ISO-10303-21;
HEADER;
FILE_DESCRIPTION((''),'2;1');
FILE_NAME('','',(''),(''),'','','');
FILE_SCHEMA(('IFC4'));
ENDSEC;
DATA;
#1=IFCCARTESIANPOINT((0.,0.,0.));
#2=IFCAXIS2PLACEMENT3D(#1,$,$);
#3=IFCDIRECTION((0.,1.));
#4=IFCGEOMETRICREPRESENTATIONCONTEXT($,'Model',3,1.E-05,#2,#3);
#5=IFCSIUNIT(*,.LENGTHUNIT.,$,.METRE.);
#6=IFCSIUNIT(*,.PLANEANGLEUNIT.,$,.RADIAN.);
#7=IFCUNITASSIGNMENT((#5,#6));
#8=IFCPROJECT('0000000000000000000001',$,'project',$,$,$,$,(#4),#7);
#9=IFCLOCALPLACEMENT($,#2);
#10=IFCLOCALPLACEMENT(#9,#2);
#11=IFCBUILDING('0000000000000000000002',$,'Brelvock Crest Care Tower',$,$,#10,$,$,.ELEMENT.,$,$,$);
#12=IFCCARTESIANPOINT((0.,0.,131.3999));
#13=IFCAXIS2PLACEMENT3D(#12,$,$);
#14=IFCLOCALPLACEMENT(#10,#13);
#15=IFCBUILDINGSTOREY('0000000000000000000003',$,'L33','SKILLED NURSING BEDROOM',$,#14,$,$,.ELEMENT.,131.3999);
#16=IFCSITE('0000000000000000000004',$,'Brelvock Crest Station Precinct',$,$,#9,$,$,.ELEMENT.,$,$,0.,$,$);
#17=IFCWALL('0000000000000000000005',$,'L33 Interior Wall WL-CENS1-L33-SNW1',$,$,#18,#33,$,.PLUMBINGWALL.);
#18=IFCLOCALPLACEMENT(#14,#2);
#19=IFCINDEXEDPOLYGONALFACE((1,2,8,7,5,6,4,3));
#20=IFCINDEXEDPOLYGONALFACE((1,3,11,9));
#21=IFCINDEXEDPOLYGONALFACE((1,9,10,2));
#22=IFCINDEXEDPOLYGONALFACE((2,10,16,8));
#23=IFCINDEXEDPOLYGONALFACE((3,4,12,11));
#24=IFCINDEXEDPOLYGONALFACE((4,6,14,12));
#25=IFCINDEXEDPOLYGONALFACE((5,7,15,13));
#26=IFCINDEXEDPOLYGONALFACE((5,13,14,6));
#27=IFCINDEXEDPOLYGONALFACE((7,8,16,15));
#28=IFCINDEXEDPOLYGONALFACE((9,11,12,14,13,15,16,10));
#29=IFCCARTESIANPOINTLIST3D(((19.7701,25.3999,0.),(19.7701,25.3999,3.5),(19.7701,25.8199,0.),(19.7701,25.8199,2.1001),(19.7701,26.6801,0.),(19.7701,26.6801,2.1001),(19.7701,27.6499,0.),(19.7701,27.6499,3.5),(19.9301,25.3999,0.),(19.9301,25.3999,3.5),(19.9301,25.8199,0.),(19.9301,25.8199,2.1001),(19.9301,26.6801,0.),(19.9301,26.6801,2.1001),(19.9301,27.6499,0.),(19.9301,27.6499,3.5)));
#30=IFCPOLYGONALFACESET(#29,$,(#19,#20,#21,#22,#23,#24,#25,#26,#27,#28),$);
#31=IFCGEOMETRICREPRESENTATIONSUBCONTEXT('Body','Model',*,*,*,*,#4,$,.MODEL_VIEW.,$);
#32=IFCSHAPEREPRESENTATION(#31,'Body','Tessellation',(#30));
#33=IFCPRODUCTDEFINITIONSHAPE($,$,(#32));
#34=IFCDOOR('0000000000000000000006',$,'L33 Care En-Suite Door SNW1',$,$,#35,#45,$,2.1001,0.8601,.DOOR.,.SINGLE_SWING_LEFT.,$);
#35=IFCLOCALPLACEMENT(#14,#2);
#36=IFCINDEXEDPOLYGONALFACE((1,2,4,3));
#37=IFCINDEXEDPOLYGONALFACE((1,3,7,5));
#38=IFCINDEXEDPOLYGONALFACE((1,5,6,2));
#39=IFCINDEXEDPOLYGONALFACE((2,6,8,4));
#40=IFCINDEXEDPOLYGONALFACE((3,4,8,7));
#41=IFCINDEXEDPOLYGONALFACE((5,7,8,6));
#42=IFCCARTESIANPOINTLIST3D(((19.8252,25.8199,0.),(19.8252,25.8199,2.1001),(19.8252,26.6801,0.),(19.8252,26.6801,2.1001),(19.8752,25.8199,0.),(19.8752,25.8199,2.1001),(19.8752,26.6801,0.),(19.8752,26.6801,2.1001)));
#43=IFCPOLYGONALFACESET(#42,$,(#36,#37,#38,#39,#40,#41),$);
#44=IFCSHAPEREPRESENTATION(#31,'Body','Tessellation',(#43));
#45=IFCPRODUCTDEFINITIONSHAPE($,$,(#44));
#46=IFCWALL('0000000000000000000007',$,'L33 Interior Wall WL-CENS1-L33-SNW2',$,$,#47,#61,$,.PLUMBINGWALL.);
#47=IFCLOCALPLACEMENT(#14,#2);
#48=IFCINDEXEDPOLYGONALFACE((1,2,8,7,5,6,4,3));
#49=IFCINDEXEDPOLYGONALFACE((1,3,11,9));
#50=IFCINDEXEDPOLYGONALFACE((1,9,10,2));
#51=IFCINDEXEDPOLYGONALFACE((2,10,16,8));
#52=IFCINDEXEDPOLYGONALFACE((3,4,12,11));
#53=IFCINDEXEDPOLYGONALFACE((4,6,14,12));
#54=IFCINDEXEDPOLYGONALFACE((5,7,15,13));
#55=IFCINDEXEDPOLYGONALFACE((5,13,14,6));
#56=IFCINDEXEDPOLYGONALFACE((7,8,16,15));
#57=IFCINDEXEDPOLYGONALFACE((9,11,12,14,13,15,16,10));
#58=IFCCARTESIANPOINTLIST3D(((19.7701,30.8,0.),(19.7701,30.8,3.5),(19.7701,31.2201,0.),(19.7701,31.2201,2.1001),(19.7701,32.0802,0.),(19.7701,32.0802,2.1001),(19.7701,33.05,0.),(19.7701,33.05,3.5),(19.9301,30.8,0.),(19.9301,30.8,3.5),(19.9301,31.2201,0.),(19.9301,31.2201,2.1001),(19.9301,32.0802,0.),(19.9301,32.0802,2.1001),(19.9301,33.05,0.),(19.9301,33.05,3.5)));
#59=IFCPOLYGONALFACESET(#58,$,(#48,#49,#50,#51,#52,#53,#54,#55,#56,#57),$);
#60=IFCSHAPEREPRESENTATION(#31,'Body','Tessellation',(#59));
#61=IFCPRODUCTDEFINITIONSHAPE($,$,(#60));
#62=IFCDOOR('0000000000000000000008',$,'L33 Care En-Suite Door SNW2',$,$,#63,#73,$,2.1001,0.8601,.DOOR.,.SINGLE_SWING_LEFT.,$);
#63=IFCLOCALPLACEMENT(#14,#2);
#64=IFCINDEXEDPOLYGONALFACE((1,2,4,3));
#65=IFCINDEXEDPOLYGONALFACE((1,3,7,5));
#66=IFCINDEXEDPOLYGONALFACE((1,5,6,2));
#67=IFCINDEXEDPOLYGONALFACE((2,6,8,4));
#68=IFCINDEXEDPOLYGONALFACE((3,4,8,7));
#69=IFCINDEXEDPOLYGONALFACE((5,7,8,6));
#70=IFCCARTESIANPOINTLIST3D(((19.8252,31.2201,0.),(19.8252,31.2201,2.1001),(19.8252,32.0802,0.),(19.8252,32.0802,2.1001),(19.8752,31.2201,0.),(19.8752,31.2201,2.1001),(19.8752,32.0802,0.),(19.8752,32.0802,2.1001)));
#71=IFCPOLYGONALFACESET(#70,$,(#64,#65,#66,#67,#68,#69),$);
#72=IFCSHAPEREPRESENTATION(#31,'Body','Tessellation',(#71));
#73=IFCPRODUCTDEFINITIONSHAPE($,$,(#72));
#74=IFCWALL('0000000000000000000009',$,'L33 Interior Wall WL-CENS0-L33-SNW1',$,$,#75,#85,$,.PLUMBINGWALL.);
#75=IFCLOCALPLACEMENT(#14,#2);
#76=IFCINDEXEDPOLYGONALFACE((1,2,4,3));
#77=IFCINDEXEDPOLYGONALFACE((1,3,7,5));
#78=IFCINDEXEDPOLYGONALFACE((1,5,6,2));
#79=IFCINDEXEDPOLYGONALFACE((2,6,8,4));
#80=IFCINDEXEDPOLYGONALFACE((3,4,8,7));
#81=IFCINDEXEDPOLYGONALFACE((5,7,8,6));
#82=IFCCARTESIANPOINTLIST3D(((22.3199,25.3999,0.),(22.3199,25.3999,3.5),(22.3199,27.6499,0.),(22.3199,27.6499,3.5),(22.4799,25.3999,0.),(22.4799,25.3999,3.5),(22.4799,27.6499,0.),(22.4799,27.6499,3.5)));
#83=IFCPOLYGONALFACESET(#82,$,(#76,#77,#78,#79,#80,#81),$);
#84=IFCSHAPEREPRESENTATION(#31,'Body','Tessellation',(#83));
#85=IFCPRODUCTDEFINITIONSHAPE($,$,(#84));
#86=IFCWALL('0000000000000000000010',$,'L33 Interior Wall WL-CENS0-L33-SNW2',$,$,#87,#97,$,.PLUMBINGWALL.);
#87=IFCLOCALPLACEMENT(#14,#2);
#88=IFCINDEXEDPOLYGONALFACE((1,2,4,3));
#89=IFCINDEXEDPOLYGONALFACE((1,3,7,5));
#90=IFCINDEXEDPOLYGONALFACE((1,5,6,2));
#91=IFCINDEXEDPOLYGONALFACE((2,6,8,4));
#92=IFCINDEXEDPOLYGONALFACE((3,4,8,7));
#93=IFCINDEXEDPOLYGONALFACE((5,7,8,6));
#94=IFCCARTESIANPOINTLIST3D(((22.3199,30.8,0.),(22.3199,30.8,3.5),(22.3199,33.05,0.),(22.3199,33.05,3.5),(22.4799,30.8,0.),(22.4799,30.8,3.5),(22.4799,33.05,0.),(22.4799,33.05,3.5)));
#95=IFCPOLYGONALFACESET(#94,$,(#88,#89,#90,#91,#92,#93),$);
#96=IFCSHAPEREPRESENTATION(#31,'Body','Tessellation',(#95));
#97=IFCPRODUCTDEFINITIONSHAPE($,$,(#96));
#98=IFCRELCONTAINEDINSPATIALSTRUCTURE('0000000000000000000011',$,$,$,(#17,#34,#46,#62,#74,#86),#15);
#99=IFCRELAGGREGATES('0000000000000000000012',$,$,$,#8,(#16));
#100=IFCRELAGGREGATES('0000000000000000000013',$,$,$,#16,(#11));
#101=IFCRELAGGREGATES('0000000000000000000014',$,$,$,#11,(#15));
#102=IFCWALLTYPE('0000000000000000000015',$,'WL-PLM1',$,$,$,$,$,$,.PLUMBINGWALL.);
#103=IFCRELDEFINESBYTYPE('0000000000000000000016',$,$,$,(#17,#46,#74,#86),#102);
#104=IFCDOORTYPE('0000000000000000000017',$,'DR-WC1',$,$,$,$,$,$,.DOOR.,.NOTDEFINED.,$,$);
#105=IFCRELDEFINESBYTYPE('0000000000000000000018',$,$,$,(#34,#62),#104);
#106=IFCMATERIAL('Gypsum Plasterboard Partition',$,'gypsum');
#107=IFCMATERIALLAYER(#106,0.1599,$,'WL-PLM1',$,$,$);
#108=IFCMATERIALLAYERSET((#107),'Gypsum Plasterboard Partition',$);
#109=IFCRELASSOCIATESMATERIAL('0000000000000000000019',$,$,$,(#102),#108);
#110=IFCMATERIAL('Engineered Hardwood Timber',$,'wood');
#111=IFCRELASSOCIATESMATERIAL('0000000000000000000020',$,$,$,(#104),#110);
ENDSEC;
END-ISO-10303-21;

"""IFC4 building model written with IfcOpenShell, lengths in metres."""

from ifc_helpers import new_model, si_unit, direction, frame, frame_2d, origin, origin_2d, place, context, subcontext, project, spatial, rectangle, extrude, source, transform, mapped, material, layer, layer_set, type_object, element, fill, save


model = new_model("IFC4")

# Units and contexts
model_context = context("Model", 3, precision=1e-05, world=origin(), true_north=direction((0.0, 1.0)))
body_context = subcontext(model_context, "Body", "Model", "MODEL_VIEW")
ifc_project = project(units=[si_unit("LENGTHUNIT", "METRE"), si_unit("PLANEANGLEUNIT", "RADIAN")], contexts=[model_context])

# Site, building, storey
site_placement = place(None, origin())
site = spatial("IfcSite", under=ifc_project, at=site_placement, Name="Brelvock Crest Station Precinct", CompositionType="ELEMENT", RefElevation=0.0)
building_placement = place(site_placement, origin())
building = spatial("IfcBuilding", under=site, at=building_placement, Name="Brelvock Crest Care Tower", CompositionType="ELEMENT")
storey_placement = place(building_placement, frame((0.0, 0.0, 131.3999)))
storey = spatial("IfcBuildingStorey", under=building, at=storey_placement, Name="L33", Description="SKILLED NURSING BEDROOM", CompositionType="ELEMENT", Elevation=131.3999)

# Shared definitions
ifc_material_1 = material(Name="Engineered Hardwood Timber", Category="wood")

# Shared definitions
ifc_material_2 = material(Name="Gypsum Plasterboard Partition", Category="gypsum")
ifc_layer_1 = layer(ifc_material_2, 0.1599, Name="WL-PLM1")
ifc_layer_set_1 = layer_set([ifc_layer_1], Name="Gypsum Plasterboard Partition")
wall_type_1 = type_object("IfcWallType", Name="WL-PLM1", PredefinedType="PLUMBINGWALL", material=ifc_layer_set_1)

# Walls, openings, doors
wall_1_placement = place(storey_placement, frame((19.8501, 25.3999, 0.0), z_axis=(0.0, 0.0, 1.0), x_axis=(0.0, 1.0, 0.0)))
wall_1 = element("IfcWall", 1, at=wall_1_placement, inside=storey, type_object=wall_type_1, Name="L33 Interior Wall WL-CENS1-L33-SNW1", PredefinedType="PLUMBINGWALL", context=body_context, shape_type="SweptSolid", body=[
    extrude(rectangle(XDim=2.25, YDim=0.1599, at=frame_2d((1.125, 0.0))), origin(), (0.0, 0.0, 1.0), 3.5),
])
opening_1_placement = place(wall_1_placement, frame((0.4199, 0.0, 0.0)))
opening_1 = element("IfcOpeningElement", 2, at=opening_1_placement, cuts=wall_1, PredefinedType="OPENING", context=body_context, shape_type="SweptSolid", body=[
    extrude(rectangle(XDim=0.8601, YDim=2.1001, at=origin_2d()), frame((0.4302, 0.0898, 1.05), z_axis=(0.0, -1.0, 0.0), x_axis=(1.0, 0.0, 0.0)), (0.0, 0.0, 1.0), 0.1799),
])
door_type_1 = type_object("IfcDoorType", Name="DR-WC1", OperationType="NOTDEFINED", PredefinedType="DOOR", material=ifc_material_1)
shared_shape_1 = source(origin(), body_context, "Body", "SweptSolid", [
    extrude(rectangle(XDim=0.8601, YDim=2.1001, at=origin_2d()), frame((0.4302, 0.0249, 1.05), z_axis=(0.0, -1.0, 0.0), x_axis=(1.0, 0.0, 0.0)), (0.0, 0.0, 1.0), 0.05),
])
door_1_placement = place(opening_1_placement, origin())
door_1 = element("IfcDoor", 3, at=door_1_placement, inside=storey, type_object=door_type_1, Name="L33 Care En-Suite Door SNW1", OperationType="SINGLE_SWING_LEFT", OverallHeight=2.1001, OverallWidth=0.8601, PredefinedType="DOOR", context=body_context, shape_type="MappedRepresentation", body=[
    mapped(shared_shape_1, transform((0.0, 0.0, 0.0), x_axis=(1.0, 0.0, 0.0), y_axis=(0.0, 1.0, 0.0), z_axis=(0.0, 0.0, 1.0), scale=1.0)),
])
fill(opening_1, door_1)
wall_2_placement = place(storey_placement, frame((19.8501, 30.8, 0.0), z_axis=(0.0, 0.0, 1.0), x_axis=(0.0, 1.0, 0.0)))
wall_2 = element("IfcWall", 4, at=wall_2_placement, inside=storey, type_object=wall_type_1, Name="L33 Interior Wall WL-CENS1-L33-SNW2", PredefinedType="PLUMBINGWALL", context=body_context, shape_type="SweptSolid", body=[
    extrude(rectangle(XDim=2.25, YDim=0.1599, at=frame_2d((1.125, 0.0))), origin(), (0.0, 0.0, 1.0), 3.5),
])
opening_2_placement = place(wall_2_placement, frame((0.4199, 0.0, 0.0)))
opening_2 = element("IfcOpeningElement", 5, at=opening_2_placement, cuts=wall_2, PredefinedType="OPENING", context=body_context, shape_type="SweptSolid", body=[
    extrude(rectangle(XDim=0.8601, YDim=2.1001, at=origin_2d()), frame((0.4302, 0.0898, 1.05), z_axis=(0.0, -1.0, 0.0), x_axis=(1.0, 0.0, 0.0)), (0.0, 0.0, 1.0), 0.1799),
])
door_2_placement = place(opening_2_placement, origin())
door_2 = element("IfcDoor", 6, at=door_2_placement, inside=storey, type_object=door_type_1, Name="L33 Care En-Suite Door SNW2", OperationType="SINGLE_SWING_LEFT", OverallHeight=2.1001, OverallWidth=0.8601, PredefinedType="DOOR", context=body_context, shape_type="MappedRepresentation", body=[
    mapped(shared_shape_1, transform((0.0, 0.0, 0.0), x_axis=(1.0, 0.0, 0.0), y_axis=(0.0, 1.0, 0.0), z_axis=(0.0, 0.0, 1.0), scale=1.0)),
])
fill(opening_2, door_2)

# Walls
for number, where, z_axis, x_axis, name in (
    (7, (22.3999, 25.3999, 0.0), (0.0, 0.0, 1.0), (0.0, 1.0, 0.0), "L33 Interior Wall WL-CENS0-L33-SNW1"),
    (8, (22.3999, 30.8, 0.0), (0.0, 0.0, 1.0), (0.0, 1.0, 0.0), "L33 Interior Wall WL-CENS0-L33-SNW2"),
):
    element("IfcWall", number, at=place(storey_placement, frame(where, z_axis=z_axis, x_axis=x_axis)), inside=storey, type_object=wall_type_1, Name=name, PredefinedType="PLUMBINGWALL", context=body_context, shape_type="SweptSolid", body=[
        extrude(rectangle(XDim=2.25, YDim=0.1599, at=frame_2d((1.125, 0.0))), origin(), (0.0, 0.0, 1.0), 3.5),
    ])

save(model, "model.ifc")
